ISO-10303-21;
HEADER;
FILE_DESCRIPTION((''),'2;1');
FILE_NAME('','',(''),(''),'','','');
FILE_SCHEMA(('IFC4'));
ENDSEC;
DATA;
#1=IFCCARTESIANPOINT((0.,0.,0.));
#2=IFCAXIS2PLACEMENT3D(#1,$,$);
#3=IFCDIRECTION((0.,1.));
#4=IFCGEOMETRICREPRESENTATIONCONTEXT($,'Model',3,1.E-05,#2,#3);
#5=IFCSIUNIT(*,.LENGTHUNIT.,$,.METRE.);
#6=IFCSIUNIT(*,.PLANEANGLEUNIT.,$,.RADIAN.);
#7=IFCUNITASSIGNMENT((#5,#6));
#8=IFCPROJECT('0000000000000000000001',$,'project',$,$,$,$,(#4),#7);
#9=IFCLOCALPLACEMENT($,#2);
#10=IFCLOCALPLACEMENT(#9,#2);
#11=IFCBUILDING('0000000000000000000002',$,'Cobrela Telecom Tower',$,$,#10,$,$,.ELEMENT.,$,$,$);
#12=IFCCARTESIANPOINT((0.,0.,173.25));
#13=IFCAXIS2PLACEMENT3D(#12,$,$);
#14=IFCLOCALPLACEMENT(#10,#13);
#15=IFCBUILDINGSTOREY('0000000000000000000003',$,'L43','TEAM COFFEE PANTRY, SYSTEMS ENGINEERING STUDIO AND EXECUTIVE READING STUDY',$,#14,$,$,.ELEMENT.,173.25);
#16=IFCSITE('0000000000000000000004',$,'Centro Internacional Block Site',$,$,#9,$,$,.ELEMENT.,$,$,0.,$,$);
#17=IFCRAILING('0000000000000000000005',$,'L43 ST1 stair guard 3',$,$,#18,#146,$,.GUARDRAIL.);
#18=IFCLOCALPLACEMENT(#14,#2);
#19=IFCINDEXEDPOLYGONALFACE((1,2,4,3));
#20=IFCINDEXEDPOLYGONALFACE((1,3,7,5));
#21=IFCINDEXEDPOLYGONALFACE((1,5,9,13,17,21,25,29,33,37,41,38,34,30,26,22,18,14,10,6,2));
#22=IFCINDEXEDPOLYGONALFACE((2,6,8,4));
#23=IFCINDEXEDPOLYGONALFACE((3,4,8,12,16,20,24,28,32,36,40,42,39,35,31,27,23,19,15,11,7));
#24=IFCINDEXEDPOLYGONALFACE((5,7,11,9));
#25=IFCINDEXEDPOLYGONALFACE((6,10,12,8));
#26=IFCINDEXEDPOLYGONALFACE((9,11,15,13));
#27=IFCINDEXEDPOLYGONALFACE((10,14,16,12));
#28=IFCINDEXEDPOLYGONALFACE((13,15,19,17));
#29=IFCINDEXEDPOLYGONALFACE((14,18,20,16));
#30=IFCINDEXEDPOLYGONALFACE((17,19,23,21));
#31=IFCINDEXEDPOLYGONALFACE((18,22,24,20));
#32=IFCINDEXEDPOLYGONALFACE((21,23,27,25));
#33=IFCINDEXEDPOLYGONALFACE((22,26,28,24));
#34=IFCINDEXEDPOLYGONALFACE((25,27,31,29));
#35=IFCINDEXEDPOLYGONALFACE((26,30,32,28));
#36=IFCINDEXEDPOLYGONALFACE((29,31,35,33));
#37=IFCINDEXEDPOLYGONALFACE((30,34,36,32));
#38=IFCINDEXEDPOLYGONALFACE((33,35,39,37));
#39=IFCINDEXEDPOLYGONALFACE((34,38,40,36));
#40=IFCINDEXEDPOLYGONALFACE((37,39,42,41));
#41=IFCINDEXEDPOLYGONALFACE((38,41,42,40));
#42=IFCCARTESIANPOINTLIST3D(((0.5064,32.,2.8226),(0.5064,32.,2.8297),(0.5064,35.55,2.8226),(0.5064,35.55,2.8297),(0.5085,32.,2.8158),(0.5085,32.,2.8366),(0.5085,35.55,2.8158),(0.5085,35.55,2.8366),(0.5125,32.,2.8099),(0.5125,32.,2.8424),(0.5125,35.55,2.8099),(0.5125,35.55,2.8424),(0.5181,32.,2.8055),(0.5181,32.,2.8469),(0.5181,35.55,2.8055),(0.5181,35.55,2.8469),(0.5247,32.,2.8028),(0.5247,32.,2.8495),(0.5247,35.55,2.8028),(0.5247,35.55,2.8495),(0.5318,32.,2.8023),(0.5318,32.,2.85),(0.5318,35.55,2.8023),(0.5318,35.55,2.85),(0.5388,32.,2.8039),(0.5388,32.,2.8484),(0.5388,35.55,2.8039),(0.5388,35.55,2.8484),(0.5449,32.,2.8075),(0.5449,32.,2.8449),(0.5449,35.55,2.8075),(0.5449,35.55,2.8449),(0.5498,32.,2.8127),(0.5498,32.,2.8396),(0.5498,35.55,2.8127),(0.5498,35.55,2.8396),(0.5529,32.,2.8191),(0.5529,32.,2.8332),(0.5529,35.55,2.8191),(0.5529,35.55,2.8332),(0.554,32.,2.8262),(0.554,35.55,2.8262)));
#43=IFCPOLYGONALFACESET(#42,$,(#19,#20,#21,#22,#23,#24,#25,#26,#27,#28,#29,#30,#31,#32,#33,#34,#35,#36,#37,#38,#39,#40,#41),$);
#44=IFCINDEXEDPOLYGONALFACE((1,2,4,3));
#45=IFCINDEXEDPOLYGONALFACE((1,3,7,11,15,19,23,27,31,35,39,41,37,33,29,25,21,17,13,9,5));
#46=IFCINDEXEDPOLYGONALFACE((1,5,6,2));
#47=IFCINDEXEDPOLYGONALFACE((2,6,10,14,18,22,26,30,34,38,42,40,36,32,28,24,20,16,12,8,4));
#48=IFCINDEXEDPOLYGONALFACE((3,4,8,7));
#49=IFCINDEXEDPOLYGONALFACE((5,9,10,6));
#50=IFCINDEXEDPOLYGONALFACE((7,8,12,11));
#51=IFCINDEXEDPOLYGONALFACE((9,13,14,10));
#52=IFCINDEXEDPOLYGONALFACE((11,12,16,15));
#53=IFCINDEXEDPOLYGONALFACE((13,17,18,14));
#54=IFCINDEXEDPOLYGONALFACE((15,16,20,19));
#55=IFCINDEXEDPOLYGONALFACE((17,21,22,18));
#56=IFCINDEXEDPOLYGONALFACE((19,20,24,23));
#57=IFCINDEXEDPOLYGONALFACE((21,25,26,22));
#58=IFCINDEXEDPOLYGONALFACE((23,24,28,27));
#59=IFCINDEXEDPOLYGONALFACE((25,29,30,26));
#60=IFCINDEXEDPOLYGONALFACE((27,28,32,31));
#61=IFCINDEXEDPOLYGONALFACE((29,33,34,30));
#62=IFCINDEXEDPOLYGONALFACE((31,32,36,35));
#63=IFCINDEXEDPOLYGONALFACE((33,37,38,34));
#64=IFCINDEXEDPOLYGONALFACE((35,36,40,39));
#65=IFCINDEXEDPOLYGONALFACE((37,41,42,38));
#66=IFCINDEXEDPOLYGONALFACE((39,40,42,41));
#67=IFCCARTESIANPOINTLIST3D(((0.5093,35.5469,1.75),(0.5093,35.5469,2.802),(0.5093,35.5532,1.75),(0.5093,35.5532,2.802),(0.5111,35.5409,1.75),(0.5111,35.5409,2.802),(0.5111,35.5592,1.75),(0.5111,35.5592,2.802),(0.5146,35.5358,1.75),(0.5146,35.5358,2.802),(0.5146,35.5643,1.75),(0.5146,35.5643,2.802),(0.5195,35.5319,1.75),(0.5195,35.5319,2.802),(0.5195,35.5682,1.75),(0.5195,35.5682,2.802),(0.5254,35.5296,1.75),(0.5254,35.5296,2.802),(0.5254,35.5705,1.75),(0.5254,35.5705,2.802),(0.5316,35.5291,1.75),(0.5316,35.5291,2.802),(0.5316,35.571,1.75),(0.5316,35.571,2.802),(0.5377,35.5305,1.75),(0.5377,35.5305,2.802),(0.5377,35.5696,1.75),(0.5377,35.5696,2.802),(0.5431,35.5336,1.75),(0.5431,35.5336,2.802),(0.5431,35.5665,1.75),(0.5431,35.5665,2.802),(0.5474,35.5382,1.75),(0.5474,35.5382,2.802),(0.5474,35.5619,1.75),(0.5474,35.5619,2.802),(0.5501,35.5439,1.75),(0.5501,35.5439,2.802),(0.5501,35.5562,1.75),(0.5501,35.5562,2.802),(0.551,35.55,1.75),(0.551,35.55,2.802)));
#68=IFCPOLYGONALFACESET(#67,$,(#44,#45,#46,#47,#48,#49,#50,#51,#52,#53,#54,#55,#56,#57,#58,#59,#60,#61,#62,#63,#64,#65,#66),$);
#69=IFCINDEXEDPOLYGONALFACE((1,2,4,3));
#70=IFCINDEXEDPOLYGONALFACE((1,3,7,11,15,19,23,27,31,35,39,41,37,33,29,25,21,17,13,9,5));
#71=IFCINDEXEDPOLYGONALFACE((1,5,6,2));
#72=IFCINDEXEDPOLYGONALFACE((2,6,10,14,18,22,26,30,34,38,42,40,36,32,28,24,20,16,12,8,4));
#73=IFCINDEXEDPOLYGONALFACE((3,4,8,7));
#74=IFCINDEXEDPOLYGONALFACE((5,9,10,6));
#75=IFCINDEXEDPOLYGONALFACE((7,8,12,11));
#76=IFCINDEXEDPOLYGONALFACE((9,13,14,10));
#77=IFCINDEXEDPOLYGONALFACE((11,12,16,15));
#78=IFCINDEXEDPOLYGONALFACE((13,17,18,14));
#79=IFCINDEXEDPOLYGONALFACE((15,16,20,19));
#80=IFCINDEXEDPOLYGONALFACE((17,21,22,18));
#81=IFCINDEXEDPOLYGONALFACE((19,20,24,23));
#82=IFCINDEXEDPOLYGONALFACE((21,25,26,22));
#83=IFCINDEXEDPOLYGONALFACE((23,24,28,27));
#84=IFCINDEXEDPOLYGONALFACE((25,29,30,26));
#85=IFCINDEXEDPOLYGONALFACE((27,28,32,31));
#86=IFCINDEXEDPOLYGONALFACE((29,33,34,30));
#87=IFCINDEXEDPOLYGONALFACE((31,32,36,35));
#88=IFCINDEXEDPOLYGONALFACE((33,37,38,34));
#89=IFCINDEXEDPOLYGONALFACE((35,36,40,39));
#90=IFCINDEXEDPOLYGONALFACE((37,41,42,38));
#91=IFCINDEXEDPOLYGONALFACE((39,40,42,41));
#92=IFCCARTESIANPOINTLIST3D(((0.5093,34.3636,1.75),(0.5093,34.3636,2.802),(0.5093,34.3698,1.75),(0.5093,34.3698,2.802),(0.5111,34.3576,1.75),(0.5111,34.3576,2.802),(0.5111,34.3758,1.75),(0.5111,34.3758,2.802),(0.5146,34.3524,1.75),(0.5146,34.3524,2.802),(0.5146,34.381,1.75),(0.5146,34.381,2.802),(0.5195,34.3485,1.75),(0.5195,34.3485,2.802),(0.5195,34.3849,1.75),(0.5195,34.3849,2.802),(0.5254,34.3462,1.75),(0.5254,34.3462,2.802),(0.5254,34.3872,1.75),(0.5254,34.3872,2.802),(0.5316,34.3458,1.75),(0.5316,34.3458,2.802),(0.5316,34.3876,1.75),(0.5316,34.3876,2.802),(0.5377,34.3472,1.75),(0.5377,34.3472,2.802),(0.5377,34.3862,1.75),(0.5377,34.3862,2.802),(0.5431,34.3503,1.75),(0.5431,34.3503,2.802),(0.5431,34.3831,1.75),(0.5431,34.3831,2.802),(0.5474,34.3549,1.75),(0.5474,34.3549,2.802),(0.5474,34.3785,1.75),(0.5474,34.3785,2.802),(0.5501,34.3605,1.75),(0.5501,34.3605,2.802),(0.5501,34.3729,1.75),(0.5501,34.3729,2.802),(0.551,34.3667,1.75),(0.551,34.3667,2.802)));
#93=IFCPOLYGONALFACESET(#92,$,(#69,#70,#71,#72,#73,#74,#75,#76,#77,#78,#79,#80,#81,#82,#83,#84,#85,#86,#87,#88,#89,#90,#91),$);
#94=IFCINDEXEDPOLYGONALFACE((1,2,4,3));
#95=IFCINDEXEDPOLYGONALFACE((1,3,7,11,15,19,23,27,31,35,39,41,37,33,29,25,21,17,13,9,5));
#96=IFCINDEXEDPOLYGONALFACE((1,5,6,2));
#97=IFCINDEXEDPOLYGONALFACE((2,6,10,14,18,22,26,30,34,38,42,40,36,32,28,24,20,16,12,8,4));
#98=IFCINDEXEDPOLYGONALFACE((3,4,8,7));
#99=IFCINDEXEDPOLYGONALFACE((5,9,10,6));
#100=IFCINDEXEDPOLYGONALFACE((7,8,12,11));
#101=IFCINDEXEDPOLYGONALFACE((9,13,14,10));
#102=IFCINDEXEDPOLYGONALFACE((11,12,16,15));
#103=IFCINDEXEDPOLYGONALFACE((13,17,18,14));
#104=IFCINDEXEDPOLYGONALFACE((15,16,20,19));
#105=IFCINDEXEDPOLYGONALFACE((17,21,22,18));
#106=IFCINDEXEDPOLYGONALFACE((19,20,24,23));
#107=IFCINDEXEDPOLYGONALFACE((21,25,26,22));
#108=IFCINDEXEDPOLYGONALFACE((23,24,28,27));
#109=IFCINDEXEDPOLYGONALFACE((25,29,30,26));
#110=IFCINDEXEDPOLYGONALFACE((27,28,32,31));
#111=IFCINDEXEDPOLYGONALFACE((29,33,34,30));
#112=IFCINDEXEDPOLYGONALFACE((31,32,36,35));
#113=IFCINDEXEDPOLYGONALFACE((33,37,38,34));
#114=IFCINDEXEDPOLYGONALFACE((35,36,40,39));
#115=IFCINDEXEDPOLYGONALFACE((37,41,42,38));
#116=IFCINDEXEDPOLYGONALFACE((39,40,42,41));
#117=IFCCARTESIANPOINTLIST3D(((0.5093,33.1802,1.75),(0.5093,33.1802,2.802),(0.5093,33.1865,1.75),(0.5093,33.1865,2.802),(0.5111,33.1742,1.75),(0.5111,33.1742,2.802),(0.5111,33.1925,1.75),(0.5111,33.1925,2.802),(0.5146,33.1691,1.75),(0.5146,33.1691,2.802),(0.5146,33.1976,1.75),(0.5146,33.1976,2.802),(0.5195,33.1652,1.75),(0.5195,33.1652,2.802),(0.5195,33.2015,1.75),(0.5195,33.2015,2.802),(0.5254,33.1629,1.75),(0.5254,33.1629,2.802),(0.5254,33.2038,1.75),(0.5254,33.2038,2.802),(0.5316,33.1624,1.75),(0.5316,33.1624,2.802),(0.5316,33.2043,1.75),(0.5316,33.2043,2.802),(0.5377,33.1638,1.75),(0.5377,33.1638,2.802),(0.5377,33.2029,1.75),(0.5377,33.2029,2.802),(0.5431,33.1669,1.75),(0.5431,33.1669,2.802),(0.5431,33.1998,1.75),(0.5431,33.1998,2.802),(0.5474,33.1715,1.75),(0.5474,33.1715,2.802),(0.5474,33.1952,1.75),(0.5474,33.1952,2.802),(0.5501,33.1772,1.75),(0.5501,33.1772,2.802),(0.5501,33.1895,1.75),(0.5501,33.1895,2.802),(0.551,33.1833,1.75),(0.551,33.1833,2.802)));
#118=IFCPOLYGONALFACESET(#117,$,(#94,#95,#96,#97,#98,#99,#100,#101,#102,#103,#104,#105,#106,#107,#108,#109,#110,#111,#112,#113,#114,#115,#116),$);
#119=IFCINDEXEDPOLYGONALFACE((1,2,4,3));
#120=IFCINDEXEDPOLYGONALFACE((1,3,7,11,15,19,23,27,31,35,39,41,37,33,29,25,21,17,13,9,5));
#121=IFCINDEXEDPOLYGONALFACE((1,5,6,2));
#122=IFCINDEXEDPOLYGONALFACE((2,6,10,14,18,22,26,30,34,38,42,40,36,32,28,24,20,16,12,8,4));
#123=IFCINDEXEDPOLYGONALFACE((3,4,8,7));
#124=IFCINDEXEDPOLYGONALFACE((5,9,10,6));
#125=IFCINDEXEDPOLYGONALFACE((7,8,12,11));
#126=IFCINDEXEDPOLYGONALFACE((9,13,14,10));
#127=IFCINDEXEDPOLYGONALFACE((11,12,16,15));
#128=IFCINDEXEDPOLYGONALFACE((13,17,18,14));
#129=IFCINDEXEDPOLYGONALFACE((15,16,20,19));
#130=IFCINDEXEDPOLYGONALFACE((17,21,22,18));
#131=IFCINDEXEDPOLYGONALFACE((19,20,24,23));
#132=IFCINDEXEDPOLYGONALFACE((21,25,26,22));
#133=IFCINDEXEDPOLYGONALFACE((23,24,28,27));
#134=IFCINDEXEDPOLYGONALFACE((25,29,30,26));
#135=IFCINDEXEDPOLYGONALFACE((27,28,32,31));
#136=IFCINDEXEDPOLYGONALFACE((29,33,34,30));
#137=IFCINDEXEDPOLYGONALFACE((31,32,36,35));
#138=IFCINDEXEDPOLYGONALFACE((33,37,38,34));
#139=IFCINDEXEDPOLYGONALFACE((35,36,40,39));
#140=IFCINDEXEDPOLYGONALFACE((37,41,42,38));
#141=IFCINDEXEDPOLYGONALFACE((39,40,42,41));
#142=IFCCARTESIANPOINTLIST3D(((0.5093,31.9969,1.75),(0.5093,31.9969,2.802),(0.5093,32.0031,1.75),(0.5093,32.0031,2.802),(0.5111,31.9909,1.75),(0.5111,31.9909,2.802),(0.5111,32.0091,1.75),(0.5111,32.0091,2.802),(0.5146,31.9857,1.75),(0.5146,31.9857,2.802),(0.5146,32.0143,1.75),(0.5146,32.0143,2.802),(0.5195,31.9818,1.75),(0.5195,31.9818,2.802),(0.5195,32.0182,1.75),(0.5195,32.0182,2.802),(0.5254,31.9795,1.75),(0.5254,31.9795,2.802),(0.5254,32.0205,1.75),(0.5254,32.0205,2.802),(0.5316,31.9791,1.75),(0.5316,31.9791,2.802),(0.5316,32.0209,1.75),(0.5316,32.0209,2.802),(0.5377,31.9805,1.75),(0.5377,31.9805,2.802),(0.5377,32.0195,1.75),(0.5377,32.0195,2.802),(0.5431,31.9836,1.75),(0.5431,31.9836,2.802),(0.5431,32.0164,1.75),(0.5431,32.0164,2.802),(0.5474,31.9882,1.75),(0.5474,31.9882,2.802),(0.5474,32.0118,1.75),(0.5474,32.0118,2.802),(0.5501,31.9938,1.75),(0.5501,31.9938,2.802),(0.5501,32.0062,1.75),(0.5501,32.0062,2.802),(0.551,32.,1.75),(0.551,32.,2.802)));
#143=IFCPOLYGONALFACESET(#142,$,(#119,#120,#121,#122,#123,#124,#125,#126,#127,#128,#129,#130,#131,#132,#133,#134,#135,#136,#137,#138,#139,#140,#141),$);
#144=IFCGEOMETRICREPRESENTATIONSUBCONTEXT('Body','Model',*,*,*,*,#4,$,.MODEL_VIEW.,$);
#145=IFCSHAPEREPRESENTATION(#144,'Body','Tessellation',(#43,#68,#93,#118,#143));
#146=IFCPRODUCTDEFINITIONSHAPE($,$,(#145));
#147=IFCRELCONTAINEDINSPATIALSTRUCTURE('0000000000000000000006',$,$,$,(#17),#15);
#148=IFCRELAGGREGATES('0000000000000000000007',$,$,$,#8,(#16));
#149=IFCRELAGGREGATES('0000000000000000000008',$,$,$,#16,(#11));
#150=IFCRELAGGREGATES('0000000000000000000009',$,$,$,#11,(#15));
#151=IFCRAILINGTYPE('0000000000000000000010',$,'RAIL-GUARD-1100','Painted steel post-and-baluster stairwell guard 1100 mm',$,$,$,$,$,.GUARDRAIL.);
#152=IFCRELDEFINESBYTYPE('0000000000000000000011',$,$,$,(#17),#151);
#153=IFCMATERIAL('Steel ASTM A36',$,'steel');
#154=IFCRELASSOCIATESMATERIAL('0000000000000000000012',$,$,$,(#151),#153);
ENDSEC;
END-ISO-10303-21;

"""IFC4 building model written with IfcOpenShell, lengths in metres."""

from ifc_helpers import new_model, si_unit, direction, frame, origin, origin_2d, place, context, subcontext, project, spatial, circle, extrude, material, type_object, element, save


model = new_model("IFC4")

# Units and contexts
model_context = context("Model", 3, precision=1e-05, world=origin(), true_north=direction((0.0, 1.0)))
body_context = subcontext(model_context, "Body", "Model", "MODEL_VIEW")
ifc_project = project(units=[si_unit("LENGTHUNIT", "METRE"), si_unit("PLANEANGLEUNIT", "RADIAN")], contexts=[model_context])

# Site, building, storey
site_placement = place(None, origin())
site = spatial("IfcSite", under=ifc_project, at=site_placement, Name="Centro Internacional Block Site", CompositionType="ELEMENT", RefElevation=0.0)
building_placement = place(site_placement, origin())
building = spatial("IfcBuilding", under=site, at=building_placement, Name="Cobrela Telecom Tower", CompositionType="ELEMENT")
storey_placement = place(building_placement, frame((0.0, 0.0, 173.25)))
storey = spatial("IfcBuildingStorey", under=building, at=storey_placement, Name="L43", Description="TEAM COFFEE PANTRY, SYSTEMS ENGINEERING STUDIO AND EXECUTIVE READING STUDY", CompositionType="ELEMENT", Elevation=173.25)

# Shared definitions
ifc_material_1 = material(Name="Steel ASTM A36", Category="steel")

# Railing
railing_type_1 = type_object("IfcRailingType", Name="RAIL-GUARD-1100", Description="Painted steel post-and-baluster stairwell guard 1100 mm", PredefinedType="GUARDRAIL", material=ifc_material_1)
railing_1_placement = place(storey_placement, frame((0.53, 35.55, 1.75)))
element("IfcRailing", 1, at=railing_1_placement, inside=storey, type_object=railing_type_1, Name="L43 ST1 stair guard 3", PredefinedType="GUARDRAIL", context=body_context, shape_type="SweptSolid", body=[
    extrude(circle(Radius=0.0239, at=origin_2d()), frame((0.0, 0.0, 1.0762), z_axis=(0.0, -1.0, 0.0), x_axis=(1.0, 0.0, 0.0)), (0.0, 0.0, 1.0), 3.55),
    extrude(circle(Radius=0.021, at=origin_2d()), origin(), (0.0, 0.0, 1.0), 1.052),
    extrude(circle(Radius=0.021, at=origin_2d()), frame((0.0, -1.1833, 0.0)), (0.0, 0.0, 1.0), 1.052),
    extrude(circle(Radius=0.021, at=origin_2d()), frame((0.0, -2.3667, 0.0)), (0.0, 0.0, 1.0), 1.052),
    extrude(circle(Radius=0.021, at=origin_2d()), frame((0.0, -3.55, 0.0)), (0.0, 0.0, 1.0), 1.052),
])

save(model, "model.ifc")
